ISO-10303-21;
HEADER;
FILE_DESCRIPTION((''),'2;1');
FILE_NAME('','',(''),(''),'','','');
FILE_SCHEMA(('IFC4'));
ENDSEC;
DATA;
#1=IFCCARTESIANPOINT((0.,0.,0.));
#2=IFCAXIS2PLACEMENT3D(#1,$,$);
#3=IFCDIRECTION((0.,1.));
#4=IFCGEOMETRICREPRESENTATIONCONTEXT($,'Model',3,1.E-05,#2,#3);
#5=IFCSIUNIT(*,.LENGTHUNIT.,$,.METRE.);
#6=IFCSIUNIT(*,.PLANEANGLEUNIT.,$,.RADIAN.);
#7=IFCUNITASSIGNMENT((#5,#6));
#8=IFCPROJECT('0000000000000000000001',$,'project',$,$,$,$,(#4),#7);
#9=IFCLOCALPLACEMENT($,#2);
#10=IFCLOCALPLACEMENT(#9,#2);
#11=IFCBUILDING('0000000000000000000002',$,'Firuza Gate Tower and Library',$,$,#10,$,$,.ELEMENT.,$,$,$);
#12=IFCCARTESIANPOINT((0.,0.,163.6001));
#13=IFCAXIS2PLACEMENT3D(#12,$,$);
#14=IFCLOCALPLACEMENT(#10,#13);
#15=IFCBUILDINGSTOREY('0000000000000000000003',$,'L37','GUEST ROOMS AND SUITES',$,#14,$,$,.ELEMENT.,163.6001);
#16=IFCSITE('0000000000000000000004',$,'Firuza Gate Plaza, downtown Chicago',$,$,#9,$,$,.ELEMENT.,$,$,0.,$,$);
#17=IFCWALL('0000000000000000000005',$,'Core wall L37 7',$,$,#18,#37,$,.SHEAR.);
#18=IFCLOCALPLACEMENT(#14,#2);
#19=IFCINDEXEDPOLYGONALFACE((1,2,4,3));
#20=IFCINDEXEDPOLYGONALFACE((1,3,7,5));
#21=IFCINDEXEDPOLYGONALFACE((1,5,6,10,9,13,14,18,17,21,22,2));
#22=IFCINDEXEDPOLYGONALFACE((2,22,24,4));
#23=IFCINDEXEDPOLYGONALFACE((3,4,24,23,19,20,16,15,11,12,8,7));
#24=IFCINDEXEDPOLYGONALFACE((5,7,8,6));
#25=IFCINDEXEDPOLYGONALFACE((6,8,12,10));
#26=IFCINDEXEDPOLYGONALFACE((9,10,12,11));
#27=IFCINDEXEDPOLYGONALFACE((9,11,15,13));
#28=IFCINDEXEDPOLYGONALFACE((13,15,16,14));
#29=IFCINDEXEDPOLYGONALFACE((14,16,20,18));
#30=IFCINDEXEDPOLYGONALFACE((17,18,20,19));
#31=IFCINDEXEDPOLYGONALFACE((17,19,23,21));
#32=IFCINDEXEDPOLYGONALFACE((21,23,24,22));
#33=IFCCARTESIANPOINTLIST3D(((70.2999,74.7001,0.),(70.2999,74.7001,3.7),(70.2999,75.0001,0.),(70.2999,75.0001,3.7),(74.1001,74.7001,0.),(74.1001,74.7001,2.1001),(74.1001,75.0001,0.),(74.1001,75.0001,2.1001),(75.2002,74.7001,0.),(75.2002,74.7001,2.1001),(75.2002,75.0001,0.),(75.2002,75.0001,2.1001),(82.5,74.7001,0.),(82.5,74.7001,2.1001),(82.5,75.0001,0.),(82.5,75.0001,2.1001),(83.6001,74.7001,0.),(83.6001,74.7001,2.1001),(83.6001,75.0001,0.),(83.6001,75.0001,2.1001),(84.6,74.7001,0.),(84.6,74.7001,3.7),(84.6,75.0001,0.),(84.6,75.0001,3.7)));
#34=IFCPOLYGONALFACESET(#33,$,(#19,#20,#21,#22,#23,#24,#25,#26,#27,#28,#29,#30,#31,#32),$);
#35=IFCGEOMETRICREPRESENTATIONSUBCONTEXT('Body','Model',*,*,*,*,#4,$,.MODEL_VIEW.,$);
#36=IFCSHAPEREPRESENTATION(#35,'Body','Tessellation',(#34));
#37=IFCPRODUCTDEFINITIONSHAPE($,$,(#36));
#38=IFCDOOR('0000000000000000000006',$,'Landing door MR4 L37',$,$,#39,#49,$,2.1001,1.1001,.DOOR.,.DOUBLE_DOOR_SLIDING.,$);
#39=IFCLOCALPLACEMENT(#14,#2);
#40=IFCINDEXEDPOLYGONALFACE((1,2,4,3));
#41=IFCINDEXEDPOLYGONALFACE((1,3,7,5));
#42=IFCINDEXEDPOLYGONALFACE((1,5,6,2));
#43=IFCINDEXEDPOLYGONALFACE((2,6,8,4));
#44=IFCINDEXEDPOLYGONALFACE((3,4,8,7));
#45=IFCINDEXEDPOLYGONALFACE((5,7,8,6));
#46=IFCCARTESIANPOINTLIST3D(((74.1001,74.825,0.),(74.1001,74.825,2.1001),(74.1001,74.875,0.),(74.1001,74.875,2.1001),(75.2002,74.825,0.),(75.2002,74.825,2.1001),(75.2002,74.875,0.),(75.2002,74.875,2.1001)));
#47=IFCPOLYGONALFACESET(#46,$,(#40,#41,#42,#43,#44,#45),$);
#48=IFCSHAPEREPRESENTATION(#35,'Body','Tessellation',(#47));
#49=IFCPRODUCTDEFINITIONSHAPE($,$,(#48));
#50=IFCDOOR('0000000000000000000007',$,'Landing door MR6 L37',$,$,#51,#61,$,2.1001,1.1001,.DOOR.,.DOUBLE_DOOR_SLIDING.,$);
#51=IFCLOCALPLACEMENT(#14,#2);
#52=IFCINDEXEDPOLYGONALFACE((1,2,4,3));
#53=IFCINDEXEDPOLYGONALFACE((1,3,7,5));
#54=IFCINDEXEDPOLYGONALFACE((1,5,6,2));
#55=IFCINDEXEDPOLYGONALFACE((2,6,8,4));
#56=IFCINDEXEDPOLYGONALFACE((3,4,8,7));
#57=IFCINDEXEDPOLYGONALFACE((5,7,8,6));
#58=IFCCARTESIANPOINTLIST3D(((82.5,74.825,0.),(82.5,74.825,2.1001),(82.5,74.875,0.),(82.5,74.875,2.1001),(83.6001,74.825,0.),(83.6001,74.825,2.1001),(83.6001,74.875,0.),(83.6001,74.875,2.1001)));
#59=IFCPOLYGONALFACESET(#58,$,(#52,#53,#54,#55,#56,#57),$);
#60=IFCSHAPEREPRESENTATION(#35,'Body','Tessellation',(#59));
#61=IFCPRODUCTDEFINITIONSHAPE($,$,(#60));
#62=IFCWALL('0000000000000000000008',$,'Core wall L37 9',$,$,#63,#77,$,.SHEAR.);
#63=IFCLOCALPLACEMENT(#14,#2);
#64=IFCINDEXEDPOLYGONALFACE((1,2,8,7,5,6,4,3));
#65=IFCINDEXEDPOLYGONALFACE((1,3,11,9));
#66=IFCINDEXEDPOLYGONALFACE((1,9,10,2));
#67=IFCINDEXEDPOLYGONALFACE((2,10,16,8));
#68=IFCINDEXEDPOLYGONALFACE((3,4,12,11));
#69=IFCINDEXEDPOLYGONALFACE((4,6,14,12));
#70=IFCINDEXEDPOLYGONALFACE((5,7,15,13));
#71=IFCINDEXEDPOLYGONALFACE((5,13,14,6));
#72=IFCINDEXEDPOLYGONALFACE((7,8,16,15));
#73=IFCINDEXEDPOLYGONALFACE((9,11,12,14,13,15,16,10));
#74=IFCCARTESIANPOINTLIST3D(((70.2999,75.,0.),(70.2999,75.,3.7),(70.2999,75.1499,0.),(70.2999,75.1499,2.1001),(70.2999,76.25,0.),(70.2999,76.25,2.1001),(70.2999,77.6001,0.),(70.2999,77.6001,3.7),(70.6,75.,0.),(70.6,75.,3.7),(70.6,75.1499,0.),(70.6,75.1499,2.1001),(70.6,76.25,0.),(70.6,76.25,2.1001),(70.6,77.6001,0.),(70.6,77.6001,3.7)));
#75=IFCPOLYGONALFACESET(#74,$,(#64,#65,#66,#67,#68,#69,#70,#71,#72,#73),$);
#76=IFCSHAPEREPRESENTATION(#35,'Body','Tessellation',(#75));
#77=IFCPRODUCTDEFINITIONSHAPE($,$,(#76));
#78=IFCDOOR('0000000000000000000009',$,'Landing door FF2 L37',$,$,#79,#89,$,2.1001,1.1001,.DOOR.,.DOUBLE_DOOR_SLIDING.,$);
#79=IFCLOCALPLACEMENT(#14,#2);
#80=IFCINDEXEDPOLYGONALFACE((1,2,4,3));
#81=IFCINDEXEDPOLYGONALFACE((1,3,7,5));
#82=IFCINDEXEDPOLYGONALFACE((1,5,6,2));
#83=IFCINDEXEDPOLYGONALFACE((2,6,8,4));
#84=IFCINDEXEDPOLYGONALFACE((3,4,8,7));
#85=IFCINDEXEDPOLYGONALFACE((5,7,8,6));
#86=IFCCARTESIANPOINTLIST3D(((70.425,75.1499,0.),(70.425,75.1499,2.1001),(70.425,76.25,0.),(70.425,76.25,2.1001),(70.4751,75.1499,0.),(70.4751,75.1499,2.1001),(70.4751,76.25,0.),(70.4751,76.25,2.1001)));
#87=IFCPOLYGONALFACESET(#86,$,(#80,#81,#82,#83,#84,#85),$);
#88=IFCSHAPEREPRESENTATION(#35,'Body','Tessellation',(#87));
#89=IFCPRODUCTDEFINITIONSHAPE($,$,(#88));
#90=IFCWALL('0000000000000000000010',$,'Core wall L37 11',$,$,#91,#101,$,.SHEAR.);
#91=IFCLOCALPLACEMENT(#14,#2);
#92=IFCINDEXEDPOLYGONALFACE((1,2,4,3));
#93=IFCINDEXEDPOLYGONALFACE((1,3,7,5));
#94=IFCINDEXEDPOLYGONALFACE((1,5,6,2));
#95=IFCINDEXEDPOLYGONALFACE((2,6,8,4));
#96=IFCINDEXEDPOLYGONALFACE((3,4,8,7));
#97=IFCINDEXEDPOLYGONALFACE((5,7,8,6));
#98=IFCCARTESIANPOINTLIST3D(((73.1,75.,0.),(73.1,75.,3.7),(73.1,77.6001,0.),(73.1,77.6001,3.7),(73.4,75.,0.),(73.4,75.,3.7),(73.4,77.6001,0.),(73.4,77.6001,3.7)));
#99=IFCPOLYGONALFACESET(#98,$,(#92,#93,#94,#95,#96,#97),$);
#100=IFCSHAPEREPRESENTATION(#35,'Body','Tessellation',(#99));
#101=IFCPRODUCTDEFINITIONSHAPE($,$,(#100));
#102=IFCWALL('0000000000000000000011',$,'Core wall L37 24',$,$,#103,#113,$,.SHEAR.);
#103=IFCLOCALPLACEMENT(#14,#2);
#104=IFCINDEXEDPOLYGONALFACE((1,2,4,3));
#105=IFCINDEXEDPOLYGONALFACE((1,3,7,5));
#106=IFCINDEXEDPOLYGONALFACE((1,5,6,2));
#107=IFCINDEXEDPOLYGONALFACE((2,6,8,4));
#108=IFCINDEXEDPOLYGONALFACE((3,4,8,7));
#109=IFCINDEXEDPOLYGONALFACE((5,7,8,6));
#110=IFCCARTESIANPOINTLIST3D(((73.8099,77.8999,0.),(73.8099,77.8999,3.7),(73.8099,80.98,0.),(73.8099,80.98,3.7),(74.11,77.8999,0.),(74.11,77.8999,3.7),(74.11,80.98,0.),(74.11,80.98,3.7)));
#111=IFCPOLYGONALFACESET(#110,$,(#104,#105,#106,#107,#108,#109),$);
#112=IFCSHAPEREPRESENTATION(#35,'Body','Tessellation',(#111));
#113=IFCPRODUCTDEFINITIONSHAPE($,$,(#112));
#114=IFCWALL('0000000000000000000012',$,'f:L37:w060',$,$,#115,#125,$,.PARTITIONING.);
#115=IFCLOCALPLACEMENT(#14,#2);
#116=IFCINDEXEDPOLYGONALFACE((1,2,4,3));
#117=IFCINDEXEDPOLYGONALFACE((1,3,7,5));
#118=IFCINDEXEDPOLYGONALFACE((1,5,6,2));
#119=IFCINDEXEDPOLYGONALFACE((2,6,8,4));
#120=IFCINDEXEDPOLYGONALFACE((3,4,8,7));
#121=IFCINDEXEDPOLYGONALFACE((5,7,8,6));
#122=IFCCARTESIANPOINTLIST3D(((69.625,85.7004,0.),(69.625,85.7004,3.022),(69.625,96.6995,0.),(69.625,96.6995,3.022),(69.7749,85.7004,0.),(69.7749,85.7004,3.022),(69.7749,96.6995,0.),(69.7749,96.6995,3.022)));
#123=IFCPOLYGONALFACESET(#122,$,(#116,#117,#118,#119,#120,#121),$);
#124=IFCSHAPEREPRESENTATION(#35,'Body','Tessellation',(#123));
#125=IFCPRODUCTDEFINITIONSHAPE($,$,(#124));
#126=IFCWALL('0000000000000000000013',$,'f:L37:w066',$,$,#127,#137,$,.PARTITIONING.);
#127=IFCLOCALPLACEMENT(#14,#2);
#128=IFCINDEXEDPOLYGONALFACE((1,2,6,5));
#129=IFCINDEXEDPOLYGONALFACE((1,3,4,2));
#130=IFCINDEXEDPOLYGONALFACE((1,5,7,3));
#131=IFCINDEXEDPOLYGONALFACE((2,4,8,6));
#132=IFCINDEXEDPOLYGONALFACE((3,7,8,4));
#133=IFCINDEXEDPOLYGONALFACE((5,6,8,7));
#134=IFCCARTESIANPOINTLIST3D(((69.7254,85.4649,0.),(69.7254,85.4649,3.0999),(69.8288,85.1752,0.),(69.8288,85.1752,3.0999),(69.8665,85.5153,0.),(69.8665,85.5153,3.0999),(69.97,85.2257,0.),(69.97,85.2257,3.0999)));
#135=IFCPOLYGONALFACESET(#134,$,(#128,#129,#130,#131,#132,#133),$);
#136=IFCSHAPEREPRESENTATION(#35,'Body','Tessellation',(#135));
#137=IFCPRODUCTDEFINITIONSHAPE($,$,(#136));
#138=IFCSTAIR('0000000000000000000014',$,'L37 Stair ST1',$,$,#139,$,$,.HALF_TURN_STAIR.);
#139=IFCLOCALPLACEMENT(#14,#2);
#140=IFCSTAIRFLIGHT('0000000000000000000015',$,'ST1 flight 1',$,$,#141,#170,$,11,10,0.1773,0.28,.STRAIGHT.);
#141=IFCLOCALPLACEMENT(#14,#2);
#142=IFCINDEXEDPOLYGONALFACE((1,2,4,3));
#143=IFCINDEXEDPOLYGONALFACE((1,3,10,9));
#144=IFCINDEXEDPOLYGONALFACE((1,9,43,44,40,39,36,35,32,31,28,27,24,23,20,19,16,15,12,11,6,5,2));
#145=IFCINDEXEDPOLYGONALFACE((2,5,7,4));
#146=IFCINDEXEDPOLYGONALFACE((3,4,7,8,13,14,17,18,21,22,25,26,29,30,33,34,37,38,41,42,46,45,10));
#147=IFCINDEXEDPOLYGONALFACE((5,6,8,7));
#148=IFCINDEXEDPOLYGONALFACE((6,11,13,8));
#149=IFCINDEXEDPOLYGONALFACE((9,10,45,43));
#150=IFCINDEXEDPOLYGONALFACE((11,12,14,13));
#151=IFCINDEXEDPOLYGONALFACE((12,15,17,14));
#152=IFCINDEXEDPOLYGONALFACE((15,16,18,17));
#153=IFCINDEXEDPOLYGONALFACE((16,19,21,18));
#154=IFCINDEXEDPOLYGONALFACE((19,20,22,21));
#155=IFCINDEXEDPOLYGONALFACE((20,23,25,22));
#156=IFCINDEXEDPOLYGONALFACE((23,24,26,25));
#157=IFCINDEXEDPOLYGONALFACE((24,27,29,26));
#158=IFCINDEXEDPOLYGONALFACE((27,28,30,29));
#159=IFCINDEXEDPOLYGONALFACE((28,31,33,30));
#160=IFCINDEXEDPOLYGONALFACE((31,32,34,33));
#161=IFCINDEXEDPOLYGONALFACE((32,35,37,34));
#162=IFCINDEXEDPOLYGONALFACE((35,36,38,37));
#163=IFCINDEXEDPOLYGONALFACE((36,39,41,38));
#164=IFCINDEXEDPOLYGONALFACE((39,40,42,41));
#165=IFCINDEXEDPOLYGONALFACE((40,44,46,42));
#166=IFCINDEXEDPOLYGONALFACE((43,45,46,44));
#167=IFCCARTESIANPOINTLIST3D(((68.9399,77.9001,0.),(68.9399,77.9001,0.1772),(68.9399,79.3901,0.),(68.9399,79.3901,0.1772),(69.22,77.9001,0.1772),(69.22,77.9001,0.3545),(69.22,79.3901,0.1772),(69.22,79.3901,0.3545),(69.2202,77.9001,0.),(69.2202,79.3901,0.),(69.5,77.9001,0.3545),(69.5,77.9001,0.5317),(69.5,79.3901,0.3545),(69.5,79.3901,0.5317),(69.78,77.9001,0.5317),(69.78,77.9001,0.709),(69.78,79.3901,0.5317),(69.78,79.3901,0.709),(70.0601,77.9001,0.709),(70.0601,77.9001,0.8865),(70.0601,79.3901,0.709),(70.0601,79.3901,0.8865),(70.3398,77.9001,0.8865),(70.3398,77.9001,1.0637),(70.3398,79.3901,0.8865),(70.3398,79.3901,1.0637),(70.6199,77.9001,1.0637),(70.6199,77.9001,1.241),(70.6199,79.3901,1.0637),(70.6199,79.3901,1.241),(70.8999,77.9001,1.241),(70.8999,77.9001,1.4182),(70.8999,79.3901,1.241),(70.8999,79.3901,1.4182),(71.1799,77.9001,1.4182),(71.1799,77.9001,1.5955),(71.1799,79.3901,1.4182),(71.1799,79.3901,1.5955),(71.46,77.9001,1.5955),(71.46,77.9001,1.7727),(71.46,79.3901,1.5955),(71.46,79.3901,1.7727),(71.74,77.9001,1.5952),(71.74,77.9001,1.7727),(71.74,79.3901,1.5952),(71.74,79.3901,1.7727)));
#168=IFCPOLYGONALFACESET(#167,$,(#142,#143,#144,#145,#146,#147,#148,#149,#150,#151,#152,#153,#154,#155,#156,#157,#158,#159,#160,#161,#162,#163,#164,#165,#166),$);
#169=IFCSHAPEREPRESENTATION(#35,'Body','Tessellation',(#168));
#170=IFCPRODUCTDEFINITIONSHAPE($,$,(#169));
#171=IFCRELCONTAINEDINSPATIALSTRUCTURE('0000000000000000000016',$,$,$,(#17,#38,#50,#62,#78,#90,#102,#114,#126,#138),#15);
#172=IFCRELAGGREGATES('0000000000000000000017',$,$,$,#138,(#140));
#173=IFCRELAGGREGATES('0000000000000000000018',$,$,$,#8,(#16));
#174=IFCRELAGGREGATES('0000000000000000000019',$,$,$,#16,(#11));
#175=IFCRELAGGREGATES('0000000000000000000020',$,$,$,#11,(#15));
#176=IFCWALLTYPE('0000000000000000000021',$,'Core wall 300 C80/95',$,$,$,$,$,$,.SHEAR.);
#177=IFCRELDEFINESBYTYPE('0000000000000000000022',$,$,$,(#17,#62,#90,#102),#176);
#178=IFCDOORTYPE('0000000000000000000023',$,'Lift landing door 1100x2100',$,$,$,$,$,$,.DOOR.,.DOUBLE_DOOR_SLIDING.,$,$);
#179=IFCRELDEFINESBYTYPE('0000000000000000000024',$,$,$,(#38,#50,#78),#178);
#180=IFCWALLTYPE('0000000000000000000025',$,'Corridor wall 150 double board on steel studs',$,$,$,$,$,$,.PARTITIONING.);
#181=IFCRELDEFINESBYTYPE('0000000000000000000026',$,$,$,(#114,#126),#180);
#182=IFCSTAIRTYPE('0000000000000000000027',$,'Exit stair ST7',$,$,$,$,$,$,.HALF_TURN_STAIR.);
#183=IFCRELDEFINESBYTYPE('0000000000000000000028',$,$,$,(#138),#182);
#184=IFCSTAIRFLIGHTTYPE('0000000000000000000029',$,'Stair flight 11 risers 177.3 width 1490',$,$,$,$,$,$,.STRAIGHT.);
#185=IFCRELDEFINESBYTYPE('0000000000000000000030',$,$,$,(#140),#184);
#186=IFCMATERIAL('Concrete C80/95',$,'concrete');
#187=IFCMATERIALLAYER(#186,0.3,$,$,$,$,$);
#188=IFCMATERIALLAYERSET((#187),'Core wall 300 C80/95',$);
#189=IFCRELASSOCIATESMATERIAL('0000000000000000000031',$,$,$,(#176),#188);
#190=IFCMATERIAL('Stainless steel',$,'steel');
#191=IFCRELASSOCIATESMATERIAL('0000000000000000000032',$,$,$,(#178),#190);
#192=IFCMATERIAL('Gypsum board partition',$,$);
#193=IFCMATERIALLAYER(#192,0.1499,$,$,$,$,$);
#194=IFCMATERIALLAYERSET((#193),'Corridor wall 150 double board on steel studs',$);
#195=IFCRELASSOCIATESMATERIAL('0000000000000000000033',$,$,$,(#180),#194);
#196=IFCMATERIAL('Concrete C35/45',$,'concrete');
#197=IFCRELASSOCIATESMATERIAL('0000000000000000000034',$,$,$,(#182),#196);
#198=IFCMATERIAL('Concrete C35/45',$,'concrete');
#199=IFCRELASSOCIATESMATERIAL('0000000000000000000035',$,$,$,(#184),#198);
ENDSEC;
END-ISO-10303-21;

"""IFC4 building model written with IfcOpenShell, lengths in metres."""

from ifc_helpers import new_model, si_unit, direction, frame, frame_2d, origin, place, context, subcontext, project, spatial, polyline, rectangle, outline, extrude, material, layer, layer_set, type_object, element, fill, aggregate, save


model = new_model("IFC4")

# Units and contexts
model_context = context("Model", 3, precision=1e-05, world=origin(), true_north=direction((0.0, 1.0)))
body_context = subcontext(model_context, "Body", "Model", "MODEL_VIEW")
ifc_project = project(units=[si_unit("LENGTHUNIT", "METRE"), si_unit("PLANEANGLEUNIT", "RADIAN")], contexts=[model_context])

# Site, building, storey
site_placement = place(None, origin())
site = spatial("IfcSite", under=ifc_project, at=site_placement, Name="Firuza Gate Plaza, downtown Chicago", CompositionType="ELEMENT", RefElevation=0.0)
building_placement = place(site_placement, origin())
building = spatial("IfcBuilding", under=site, at=building_placement, Name="Firuza Gate Tower and Library", CompositionType="ELEMENT")
storey_placement = place(building_placement, frame((0.0, 0.0, 163.6001)))
storey = spatial("IfcBuildingStorey", under=building, at=storey_placement, Name="L37", Description="GUEST ROOMS AND SUITES", CompositionType="ELEMENT", Elevation=163.6001)

# Wall, openings, doors
ifc_material_1 = material(Name="Concrete C80/95", Category="concrete")
ifc_layer_1 = layer(ifc_material_1, 0.3)
ifc_layer_set_1 = layer_set([ifc_layer_1], Name="Core wall 300 C80/95")
wall_type_1 = type_object("IfcWallType", Name="Core wall 300 C80/95", PredefinedType="SHEAR", material=ifc_layer_set_1)
ifc_material_2 = material(Name="Stainless steel", Category="steel")
door_type_1 = type_object("IfcDoorType", Name="Lift landing door 1100x2100", OperationType="DOUBLE_DOOR_SLIDING", PredefinedType="DOOR", material=ifc_material_2)
wall_1_placement = place(storey_placement, frame((70.3, 74.8501, 0.0), z_axis=(0.0, 0.0, 1.0), x_axis=(1.0, 0.0, 0.0)))
wall_1 = element("IfcWall", 1, at=wall_1_placement, inside=storey, type_object=wall_type_1, Name="Core wall L37 7", PredefinedType="SHEAR", context=body_context, shape_type="SweptSolid", body=[
    extrude(rectangle(XDim=14.3, YDim=0.3, at=frame_2d((7.1499, 0.0))), origin(), (0.0, 0.0, 1.0), 3.7),
])
opening_1_placement = place(wall_1_placement, frame((3.8, 0.0, 0.0)))
opening_1 = element("IfcOpeningElement", 2, at=opening_1_placement, cuts=wall_1, PredefinedType="OPENING", context=body_context, shape_type="SweptSolid", body=[
    extrude(rectangle(XDim=1.1001, YDim=2.1001, at=frame_2d((0.55, 1.05))), frame((0.0, 0.1602, 0.0), z_axis=(0.0, -1.0, 0.0), x_axis=(1.0, 0.0, 0.0)), (0.0, 0.0, 1.0), 0.3201),
])
opening_2_placement = place(wall_1_placement, frame((12.2, 0.0, 0.0)))
opening_2 = element("IfcOpeningElement", 3, at=opening_2_placement, cuts=wall_1, PredefinedType="OPENING", context=body_context, shape_type="SweptSolid", body=[
    extrude(rectangle(XDim=1.1001, YDim=2.1001, at=frame_2d((0.55, 1.05))), frame((0.0, 0.1602, 0.0), z_axis=(0.0, -1.0, 0.0), x_axis=(1.0, 0.0, 0.0)), (0.0, 0.0, 1.0), 0.3201),
])
door_1_placement = place(opening_1_placement, origin())
door_1 = element("IfcDoor", 4, at=door_1_placement, inside=storey, type_object=door_type_1, Name="Landing door MR4 L37", OperationType="DOUBLE_DOOR_SLIDING", OverallHeight=2.1001, OverallWidth=1.1001, PredefinedType="DOOR", context=body_context, shape_type="SweptSolid", body=[
    extrude(rectangle(XDim=1.1001, YDim=2.1001, at=frame_2d((0.55, 1.05))), frame((0.0, 0.0249, 0.0), z_axis=(0.0, -1.0, 0.0), x_axis=(1.0, 0.0, 0.0)), (0.0, 0.0, 1.0), 0.05),
])
fill(opening_1, door_1)
door_2_placement = place(opening_2_placement, origin())
door_2 = element("IfcDoor", 5, at=door_2_placement, inside=storey, type_object=door_type_1, Name="Landing door MR6 L37", OperationType="DOUBLE_DOOR_SLIDING", OverallHeight=2.1001, OverallWidth=1.1001, PredefinedType="DOOR", context=body_context, shape_type="SweptSolid", body=[
    extrude(rectangle(XDim=1.1001, YDim=2.1001, at=frame_2d((0.55, 1.05))), frame((0.0, 0.0249, 0.0), z_axis=(0.0, -1.0, 0.0), x_axis=(1.0, 0.0, 0.0)), (0.0, 0.0, 1.0), 0.05),
])
fill(opening_2, door_2)

# Wall, opening, door
wall_2_placement = place(storey_placement, frame((70.45, 75.0, 0.0), z_axis=(0.0, 0.0, 1.0), x_axis=(0.0, 1.0, 0.0)))
wall_2 = element("IfcWall", 6, at=wall_2_placement, inside=storey, type_object=wall_type_1, Name="Core wall L37 9", PredefinedType="SHEAR", context=body_context, shape_type="SweptSolid", body=[
    extrude(rectangle(XDim=2.6001, YDim=0.3, at=frame_2d((1.3, 0.0))), origin(), (0.0, 0.0, 1.0), 3.7),
])
opening_3_placement = place(wall_2_placement, frame((0.1499, 0.0, 0.0)))
opening_3 = element("IfcOpeningElement", 7, at=opening_3_placement, cuts=wall_2, PredefinedType="OPENING", context=body_context, shape_type="SweptSolid", body=[
    extrude(rectangle(XDim=1.1001, YDim=2.1001, at=frame_2d((0.55, 1.05))), frame((0.0, 0.1602, 0.0), z_axis=(0.0, -1.0, 0.0), x_axis=(1.0, 0.0, 0.0)), (0.0, 0.0, 1.0), 0.3201),
])
door_3_placement = place(opening_3_placement, origin())
door_3 = element("IfcDoor", 8, at=door_3_placement, inside=storey, type_object=door_type_1, Name="Landing door FF2 L37", OperationType="DOUBLE_DOOR_SLIDING", OverallHeight=2.1001, OverallWidth=1.1001, PredefinedType="DOOR", context=body_context, shape_type="SweptSolid", body=[
    extrude(rectangle(XDim=1.1001, YDim=2.1001, at=frame_2d((0.55, 1.05))), frame((0.0, 0.0249, 0.0), z_axis=(0.0, -1.0, 0.0), x_axis=(1.0, 0.0, 0.0)), (0.0, 0.0, 1.0), 0.05),
])
fill(opening_3, door_3)

# Walls
wall_3_placement = place(storey_placement, frame((73.25, 75.0, 0.0), z_axis=(0.0, 0.0, 1.0), x_axis=(0.0, 1.0, 0.0)))
element("IfcWall", 9, at=wall_3_placement, inside=storey, type_object=wall_type_1, Name="Core wall L37 11", PredefinedType="SHEAR", context=body_context, shape_type="SweptSolid", body=[
    extrude(rectangle(XDim=2.6001, YDim=0.3, at=frame_2d((1.3, 0.0))), origin(), (0.0, 0.0, 1.0), 3.7),
])
wall_4_placement = place(storey_placement, frame((73.96, 77.8999, 0.0), z_axis=(0.0, 0.0, 1.0), x_axis=(0.0, 1.0, 0.0)))
element("IfcWall", 10, at=wall_4_placement, inside=storey, type_object=wall_type_1, Name="Core wall L37 24", PredefinedType="SHEAR", context=body_context, shape_type="SweptSolid", body=[
    extrude(rectangle(XDim=3.0801, YDim=0.3, at=frame_2d((1.54, 0.0))), origin(), (0.0, 0.0, 1.0), 3.7),
])
ifc_material_3 = material(Name="Gypsum board partition")
ifc_layer_2 = layer(ifc_material_3, 0.1499)
ifc_layer_set_2 = layer_set([ifc_layer_2], Name="Corridor wall 150 double board on steel studs")
wall_type_2 = type_object("IfcWallType", Name="Corridor wall 150 double board on steel studs", PredefinedType="PARTITIONING", material=ifc_layer_set_2)
wall_5_placement = place(storey_placement, frame((69.7, 85.7004, 0.0), z_axis=(0.0, 0.0, 1.0), x_axis=(0.0, 1.0, 0.0)))
element("IfcWall", 11, at=wall_5_placement, inside=storey, type_object=wall_type_2, Name="f:L37:w060", PredefinedType="PARTITIONING", context=body_context, shape_type="SweptSolid", body=[
    extrude(rectangle(XDim=10.999, YDim=0.1499, at=frame_2d((5.4995, 0.0))), origin(), (0.0, 0.0, 1.0), 3.022),
])
wall_6_placement = place(storey_placement, frame((69.8994, 85.2004, 0.0), z_axis=(0.0, 0.0, 1.0), x_axis=(-0.336387, 0.941724, 0.0)))
element("IfcWall", 12, at=wall_6_placement, inside=storey, type_object=wall_type_2, Name="f:L37:w066", PredefinedType="PARTITIONING", context=body_context, shape_type="SweptSolid", body=[
    extrude(rectangle(XDim=0.3076, YDim=0.1499, at=frame_2d((0.1538, 0.0))), origin(), (0.0, 0.0, 1.0), 3.0999),
])

# Stair, stair flight
ifc_material_4 = material(Name="Concrete C35/45", Category="concrete")
stair_type = type_object("IfcStairType", Name="Exit stair ST7", PredefinedType="HALF_TURN_STAIR", material=ifc_material_4)
stair_placement = place(storey_placement, origin())
stair = element("IfcStair", 13, at=stair_placement, inside=storey, type_object=stair_type, Name="L37 Stair ST1", PredefinedType="HALF_TURN_STAIR")
ifc_material_5 = material(Name="Concrete C35/45", Category="concrete")
stair_flight_type = type_object("IfcStairFlightType", Name="Stair flight 11 risers 177.3 width 1490", PredefinedType="STRAIGHT", material=ifc_material_5)
stair_flight_1_placement = place(storey_placement, frame((68.9399, 78.645, 0.0), z_axis=(0.0, 0.0, 1.0), x_axis=(1.0, 0.0, 0.0)))
stair_flight_1 = element("IfcStairFlight", 14, at=stair_flight_1_placement, type_object=stair_flight_type, Name="ST1 flight 1", NumberOfRisers=11, NumberOfTreads=10, PredefinedType="STRAIGHT", RiserHeight=0.1773, TreadLength=0.28, context=body_context, shape_type="SweptSolid", body=[
    extrude(outline(polyline([(0.0, 0.0), (0.0, 0.1772), (0.28, 0.1772), (0.28, 0.3545), (0.5601, 0.3545), (0.5601, 0.5317), (0.8401, 0.5317), (0.8401, 0.709), (1.1201, 0.709), (1.1201, 0.8865), (1.3999, 0.8865), (1.3999, 1.0637), (1.6799, 1.0637), (1.6799, 1.241), (1.96, 1.241), (1.96, 1.4182), (2.24, 1.4182), (2.24, 1.5955), (2.52, 1.5955), (2.52, 1.7727), (2.8, 1.7727), (2.8, 1.95), (2.8, 1.5952), (0.2803, 0.0), (0.0, 0.0)])), frame((0.0, 0.7451, 0.0), z_axis=(0.0, -1.0, 0.0), x_axis=(1.0, 0.0, 0.0)), (0.0, 0.0, 1.0), 1.49),
])
aggregate(stair, [stair_flight_1])

save(model, "model.ifc")
